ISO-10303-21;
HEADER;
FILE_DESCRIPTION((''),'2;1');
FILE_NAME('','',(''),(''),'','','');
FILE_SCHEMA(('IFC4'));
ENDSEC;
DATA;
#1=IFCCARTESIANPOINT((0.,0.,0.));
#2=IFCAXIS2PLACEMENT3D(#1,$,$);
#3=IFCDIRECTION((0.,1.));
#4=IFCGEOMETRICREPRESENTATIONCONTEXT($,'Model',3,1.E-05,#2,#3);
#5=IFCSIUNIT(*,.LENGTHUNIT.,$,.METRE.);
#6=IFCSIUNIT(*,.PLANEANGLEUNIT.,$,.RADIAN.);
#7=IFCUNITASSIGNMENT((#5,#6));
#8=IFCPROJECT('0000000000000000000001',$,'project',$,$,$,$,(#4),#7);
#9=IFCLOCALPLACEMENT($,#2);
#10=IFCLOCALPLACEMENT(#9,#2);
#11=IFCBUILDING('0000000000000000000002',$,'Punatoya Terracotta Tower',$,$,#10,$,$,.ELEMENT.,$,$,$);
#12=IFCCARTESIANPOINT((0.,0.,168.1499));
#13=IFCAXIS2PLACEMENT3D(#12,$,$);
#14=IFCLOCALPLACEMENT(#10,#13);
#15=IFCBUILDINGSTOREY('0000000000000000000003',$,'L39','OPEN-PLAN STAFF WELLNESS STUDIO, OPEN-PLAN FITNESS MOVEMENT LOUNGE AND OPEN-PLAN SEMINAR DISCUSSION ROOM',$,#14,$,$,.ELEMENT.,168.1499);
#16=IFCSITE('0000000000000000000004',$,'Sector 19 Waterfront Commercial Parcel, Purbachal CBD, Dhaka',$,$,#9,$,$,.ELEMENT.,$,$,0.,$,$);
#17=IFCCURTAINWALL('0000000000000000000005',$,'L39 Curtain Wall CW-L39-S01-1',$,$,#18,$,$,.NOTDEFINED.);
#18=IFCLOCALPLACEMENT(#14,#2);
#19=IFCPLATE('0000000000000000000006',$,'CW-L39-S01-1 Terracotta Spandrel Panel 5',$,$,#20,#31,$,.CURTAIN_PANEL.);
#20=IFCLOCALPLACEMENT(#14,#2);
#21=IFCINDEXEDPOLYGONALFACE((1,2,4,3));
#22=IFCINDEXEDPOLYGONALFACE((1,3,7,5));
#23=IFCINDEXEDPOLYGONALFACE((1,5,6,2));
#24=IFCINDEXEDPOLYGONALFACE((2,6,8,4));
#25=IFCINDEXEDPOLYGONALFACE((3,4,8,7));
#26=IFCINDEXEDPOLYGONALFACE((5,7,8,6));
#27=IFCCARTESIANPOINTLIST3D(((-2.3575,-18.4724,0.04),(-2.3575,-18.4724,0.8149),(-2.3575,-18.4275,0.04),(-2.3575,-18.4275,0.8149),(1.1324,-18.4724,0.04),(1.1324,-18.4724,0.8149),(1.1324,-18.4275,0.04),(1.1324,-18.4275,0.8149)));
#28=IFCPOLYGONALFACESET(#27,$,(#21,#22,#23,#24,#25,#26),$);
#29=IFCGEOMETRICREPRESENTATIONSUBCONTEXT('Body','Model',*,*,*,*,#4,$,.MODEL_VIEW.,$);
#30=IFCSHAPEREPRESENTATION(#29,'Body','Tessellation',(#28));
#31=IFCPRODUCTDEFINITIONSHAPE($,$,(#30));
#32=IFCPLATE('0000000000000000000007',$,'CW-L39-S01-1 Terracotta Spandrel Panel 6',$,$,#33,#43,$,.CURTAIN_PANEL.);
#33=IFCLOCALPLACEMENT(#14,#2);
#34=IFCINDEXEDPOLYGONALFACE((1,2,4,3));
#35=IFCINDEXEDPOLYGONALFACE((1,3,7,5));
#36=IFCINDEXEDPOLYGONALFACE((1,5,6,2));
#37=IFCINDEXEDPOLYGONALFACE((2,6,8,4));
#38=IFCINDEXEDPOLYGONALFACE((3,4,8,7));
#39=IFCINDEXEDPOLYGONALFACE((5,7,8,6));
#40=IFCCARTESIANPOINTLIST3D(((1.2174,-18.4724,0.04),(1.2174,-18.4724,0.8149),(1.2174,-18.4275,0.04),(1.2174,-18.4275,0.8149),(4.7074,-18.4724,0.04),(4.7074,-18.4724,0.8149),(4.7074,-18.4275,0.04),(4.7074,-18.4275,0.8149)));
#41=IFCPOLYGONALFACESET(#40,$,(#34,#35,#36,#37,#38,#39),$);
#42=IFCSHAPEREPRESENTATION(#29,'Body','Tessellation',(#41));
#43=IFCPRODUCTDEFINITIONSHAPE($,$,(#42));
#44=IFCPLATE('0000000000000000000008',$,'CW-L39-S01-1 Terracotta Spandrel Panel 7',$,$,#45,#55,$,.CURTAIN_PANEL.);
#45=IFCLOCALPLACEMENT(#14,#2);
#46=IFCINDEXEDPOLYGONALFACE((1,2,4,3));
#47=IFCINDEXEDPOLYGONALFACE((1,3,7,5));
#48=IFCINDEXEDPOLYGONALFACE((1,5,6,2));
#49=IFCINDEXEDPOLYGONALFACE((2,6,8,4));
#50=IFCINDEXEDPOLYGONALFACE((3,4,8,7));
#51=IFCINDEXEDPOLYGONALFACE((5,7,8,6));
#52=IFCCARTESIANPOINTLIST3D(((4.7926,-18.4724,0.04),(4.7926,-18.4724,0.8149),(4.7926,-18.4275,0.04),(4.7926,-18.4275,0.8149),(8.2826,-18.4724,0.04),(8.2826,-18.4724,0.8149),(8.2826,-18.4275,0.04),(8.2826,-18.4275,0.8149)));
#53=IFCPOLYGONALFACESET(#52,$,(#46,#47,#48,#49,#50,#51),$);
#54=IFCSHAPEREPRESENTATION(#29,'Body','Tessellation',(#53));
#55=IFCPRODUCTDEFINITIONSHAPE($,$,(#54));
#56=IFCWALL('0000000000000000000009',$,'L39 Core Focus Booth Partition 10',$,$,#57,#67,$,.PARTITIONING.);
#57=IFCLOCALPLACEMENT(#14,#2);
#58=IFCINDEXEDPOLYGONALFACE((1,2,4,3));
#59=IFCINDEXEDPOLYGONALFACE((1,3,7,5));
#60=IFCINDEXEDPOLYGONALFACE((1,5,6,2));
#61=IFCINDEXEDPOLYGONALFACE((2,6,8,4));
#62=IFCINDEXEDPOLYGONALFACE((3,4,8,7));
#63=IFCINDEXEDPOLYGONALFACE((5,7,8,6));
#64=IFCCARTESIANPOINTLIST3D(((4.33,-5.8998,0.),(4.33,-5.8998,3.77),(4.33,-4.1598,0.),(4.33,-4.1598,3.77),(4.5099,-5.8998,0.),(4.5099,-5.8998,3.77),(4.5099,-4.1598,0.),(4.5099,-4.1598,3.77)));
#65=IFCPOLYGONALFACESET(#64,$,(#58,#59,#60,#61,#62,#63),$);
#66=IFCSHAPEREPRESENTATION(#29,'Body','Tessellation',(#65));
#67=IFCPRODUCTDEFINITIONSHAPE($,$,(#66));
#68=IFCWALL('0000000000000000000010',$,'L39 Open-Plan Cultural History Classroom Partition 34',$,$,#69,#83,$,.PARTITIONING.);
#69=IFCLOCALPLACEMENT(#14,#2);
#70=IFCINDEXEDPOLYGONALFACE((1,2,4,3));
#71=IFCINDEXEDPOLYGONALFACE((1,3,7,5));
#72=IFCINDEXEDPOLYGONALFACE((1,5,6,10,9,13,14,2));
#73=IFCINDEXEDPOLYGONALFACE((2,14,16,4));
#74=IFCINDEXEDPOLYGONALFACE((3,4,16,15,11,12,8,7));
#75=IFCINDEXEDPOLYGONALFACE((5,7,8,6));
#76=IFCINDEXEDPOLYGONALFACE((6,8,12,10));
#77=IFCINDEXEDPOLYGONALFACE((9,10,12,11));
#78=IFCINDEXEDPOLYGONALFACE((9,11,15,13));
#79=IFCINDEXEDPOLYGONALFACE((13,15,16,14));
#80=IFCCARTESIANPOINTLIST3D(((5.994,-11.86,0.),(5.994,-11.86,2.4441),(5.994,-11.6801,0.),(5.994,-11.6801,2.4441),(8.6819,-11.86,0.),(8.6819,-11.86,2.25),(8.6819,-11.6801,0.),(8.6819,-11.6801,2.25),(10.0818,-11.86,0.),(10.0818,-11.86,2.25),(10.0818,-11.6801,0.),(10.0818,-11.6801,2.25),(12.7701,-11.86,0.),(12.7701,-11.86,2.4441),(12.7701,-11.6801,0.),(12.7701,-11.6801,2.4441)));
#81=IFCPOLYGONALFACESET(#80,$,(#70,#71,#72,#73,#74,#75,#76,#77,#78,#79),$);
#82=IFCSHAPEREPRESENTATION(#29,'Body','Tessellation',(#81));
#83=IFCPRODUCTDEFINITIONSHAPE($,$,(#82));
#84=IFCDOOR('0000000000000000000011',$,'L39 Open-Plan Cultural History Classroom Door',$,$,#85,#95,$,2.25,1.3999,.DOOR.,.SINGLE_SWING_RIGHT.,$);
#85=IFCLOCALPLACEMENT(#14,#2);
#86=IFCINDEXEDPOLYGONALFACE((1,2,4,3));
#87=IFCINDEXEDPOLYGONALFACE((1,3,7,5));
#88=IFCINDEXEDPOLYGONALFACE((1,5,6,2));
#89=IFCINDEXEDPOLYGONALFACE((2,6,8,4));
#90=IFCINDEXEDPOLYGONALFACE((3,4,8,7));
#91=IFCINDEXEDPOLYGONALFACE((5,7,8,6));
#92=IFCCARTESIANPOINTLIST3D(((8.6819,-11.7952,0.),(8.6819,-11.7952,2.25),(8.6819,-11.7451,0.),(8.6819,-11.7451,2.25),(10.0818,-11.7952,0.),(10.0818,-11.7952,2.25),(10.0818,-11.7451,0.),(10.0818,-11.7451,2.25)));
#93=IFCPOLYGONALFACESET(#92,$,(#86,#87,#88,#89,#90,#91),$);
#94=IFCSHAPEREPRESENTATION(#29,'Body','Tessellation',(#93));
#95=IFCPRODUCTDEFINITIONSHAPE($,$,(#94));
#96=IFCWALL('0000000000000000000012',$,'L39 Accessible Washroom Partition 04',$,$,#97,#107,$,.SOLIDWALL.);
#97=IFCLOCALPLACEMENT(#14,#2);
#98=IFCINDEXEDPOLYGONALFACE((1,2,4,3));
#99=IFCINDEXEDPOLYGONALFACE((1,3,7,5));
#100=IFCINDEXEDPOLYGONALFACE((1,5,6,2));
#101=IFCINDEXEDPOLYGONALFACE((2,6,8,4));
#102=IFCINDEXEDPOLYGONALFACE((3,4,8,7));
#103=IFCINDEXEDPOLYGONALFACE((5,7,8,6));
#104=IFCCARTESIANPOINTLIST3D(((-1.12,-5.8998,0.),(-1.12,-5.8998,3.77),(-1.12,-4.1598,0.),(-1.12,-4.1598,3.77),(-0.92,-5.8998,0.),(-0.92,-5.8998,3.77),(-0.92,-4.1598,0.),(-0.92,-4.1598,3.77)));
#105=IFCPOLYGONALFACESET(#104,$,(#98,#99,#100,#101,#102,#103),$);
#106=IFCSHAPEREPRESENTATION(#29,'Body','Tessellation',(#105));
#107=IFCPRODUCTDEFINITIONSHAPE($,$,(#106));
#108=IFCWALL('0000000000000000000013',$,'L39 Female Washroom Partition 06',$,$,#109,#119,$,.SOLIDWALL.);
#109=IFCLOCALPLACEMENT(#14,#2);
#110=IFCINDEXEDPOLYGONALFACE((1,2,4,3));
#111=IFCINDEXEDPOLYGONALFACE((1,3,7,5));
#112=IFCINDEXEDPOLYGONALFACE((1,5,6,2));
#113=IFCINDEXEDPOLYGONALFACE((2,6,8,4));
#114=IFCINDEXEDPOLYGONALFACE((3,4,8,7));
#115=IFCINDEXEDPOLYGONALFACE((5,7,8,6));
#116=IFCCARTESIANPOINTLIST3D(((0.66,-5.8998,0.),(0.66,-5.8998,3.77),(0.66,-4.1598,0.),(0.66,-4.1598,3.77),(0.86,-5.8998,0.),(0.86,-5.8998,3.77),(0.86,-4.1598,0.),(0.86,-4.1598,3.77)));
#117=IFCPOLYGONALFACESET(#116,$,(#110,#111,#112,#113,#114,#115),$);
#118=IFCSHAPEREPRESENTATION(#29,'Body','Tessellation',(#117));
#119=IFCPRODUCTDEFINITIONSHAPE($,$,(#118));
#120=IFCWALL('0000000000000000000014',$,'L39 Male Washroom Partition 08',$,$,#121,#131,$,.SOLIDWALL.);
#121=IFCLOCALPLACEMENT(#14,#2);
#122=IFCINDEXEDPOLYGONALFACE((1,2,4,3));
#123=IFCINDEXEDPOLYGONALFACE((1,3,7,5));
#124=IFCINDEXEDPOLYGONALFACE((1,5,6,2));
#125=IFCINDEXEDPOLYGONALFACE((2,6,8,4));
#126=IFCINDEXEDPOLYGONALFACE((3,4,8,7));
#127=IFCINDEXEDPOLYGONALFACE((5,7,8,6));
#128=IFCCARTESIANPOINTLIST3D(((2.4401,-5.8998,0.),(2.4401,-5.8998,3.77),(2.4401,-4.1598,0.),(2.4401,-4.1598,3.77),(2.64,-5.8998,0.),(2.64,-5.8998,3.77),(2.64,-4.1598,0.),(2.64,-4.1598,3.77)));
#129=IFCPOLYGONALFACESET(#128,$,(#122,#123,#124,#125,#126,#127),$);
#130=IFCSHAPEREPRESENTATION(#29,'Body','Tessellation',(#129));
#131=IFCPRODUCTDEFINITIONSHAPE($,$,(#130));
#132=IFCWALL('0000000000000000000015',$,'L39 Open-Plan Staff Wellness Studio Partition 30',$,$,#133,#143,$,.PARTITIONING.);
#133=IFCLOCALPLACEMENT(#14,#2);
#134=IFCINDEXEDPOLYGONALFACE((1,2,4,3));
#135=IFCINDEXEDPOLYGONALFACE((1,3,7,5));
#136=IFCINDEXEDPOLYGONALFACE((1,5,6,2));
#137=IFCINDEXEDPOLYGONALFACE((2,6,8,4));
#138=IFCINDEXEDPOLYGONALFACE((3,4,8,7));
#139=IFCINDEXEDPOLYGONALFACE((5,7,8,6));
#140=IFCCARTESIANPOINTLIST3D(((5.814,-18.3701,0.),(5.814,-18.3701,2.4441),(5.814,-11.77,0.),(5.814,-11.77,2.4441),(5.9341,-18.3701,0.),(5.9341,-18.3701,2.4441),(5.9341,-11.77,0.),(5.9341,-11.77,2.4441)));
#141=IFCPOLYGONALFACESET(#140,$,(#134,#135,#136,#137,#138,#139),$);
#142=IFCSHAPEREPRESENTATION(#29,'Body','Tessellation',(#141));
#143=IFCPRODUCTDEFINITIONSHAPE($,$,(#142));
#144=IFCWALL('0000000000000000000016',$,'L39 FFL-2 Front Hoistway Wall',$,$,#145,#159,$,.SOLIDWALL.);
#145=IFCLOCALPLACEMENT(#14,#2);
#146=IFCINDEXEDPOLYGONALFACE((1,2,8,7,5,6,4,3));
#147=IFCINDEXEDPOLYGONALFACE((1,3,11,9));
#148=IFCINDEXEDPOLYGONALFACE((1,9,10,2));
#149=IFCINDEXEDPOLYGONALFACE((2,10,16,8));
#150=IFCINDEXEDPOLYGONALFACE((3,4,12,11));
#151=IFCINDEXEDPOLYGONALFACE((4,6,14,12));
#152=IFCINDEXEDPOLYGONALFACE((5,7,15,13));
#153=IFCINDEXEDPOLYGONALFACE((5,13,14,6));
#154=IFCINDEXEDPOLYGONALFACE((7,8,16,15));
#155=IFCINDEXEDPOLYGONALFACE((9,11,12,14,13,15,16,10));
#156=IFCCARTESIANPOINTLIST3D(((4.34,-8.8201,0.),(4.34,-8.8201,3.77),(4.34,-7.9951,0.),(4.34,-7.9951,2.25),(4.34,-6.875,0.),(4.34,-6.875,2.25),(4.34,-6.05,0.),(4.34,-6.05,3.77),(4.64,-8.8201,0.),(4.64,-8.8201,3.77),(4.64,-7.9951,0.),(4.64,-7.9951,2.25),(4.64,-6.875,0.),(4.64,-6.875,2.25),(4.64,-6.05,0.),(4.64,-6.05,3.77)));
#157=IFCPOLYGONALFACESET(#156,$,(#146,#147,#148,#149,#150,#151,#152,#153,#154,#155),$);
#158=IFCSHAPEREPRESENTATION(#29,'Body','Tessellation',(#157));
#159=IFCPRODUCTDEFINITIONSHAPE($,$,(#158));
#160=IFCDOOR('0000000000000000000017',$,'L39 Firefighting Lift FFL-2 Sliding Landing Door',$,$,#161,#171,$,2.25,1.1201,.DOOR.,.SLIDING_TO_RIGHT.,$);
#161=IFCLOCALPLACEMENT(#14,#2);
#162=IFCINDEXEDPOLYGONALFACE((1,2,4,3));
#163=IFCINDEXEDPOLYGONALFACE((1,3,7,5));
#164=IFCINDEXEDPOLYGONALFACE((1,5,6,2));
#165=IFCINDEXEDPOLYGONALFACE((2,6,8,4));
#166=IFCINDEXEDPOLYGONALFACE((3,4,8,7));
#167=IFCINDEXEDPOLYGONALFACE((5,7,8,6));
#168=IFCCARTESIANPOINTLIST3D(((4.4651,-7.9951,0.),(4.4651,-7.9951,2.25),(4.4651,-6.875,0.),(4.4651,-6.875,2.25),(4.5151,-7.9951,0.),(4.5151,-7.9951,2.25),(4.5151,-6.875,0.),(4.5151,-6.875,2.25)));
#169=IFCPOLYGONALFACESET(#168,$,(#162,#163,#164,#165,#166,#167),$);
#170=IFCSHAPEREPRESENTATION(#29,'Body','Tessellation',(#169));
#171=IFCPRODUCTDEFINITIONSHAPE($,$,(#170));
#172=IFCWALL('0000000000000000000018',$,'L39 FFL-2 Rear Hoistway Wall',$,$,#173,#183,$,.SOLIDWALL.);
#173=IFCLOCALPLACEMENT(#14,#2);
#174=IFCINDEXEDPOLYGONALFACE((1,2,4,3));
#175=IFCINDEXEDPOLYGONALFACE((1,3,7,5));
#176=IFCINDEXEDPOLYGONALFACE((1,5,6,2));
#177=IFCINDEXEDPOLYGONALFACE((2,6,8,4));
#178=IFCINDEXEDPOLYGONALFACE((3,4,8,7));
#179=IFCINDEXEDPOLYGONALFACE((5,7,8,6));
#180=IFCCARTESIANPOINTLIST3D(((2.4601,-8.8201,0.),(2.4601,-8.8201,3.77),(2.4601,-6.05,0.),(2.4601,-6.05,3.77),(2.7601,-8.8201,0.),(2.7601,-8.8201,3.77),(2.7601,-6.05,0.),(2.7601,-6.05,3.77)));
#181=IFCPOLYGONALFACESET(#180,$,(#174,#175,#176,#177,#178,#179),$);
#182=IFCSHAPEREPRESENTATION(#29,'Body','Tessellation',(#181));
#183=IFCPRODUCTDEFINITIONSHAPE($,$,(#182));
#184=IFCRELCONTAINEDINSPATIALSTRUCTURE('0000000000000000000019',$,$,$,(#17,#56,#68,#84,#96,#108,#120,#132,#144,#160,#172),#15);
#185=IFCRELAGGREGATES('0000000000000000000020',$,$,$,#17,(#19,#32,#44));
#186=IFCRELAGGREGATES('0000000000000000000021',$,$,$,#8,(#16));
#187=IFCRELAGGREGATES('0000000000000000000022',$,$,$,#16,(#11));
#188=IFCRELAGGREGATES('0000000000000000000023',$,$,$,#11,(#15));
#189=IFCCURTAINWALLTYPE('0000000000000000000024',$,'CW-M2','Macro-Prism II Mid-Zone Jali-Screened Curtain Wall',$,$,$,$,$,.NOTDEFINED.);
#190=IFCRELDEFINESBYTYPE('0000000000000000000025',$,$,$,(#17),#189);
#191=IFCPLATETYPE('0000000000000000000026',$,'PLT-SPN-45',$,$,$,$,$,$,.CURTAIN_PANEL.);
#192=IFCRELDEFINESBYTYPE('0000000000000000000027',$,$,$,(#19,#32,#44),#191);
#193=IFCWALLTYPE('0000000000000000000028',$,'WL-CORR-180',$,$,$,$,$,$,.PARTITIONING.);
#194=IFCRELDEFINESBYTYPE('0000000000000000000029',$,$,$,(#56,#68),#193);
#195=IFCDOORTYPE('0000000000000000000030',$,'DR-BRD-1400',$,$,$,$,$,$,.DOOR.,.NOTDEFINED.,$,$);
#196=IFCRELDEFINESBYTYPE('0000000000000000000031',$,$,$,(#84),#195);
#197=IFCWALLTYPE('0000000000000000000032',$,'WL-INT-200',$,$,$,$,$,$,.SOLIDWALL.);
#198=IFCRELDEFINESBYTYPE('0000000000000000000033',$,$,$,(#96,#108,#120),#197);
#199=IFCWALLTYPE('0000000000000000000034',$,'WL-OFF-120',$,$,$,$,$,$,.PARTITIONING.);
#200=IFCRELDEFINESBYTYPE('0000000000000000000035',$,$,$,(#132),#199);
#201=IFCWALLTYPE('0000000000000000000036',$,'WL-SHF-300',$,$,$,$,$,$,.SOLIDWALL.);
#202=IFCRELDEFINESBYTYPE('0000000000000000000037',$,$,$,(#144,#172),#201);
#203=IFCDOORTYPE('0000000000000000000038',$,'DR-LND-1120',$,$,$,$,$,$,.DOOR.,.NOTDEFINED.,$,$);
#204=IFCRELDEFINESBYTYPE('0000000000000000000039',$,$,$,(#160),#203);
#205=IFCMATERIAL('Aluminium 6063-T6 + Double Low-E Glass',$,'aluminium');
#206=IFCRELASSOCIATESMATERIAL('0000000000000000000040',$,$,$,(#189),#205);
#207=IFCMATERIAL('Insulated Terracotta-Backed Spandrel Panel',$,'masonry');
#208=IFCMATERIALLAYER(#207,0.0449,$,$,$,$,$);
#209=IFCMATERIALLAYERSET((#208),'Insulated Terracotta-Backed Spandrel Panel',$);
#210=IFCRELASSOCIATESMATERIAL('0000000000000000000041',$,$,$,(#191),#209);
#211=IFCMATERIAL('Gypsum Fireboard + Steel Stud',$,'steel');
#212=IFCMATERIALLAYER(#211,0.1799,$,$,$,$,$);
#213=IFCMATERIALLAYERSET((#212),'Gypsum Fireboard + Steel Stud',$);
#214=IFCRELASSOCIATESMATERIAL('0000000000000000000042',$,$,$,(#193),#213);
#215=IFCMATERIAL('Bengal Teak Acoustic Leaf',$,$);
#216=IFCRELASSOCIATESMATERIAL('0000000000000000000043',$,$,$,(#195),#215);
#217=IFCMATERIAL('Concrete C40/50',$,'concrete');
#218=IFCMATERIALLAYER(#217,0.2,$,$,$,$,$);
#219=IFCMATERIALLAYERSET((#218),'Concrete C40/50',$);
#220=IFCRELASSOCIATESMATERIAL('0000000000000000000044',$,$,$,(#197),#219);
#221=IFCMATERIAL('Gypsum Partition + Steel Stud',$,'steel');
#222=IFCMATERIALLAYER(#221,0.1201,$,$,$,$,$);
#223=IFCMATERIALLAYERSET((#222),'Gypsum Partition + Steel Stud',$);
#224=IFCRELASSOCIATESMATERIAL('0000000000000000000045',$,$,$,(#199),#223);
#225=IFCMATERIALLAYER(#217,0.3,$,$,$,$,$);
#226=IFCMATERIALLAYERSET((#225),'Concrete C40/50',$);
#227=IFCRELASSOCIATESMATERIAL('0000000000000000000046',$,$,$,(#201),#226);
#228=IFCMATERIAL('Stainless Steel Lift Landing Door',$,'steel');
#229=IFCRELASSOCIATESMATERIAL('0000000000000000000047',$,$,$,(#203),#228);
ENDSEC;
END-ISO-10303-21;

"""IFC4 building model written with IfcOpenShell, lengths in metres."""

from ifc_helpers import new_model, si_unit, direction, frame, frame_2d, origin, origin_2d, place, context, subcontext, project, spatial, rectangle, extrude, material, layer, layer_set, type_object, element, fill, aggregate, save


model = new_model("IFC4")

# Units and contexts
model_context = context("Model", 3, precision=1e-05, world=origin(), true_north=direction((0.0, 1.0)))
body_context = subcontext(model_context, "Body", "Model", "MODEL_VIEW")
ifc_project = project(units=[si_unit("LENGTHUNIT", "METRE"), si_unit("PLANEANGLEUNIT", "RADIAN")], contexts=[model_context])

# Site, building, storey
site_placement = place(None, origin())
site = spatial("IfcSite", under=ifc_project, at=site_placement, Name="Sector 19 Waterfront Commercial Parcel, Purbachal CBD, Dhaka", CompositionType="ELEMENT", RefElevation=0.0)
building_placement = place(site_placement, origin())
building = spatial("IfcBuilding", under=site, at=building_placement, Name="Punatoya Terracotta Tower", CompositionType="ELEMENT")
storey_placement = place(building_placement, frame((0.0, 0.0, 168.1499)))
storey = spatial("IfcBuildingStorey", under=building, at=storey_placement, Name="L39", Description="OPEN-PLAN STAFF WELLNESS STUDIO, OPEN-PLAN FITNESS MOVEMENT LOUNGE AND OPEN-PLAN SEMINAR DISCUSSION ROOM", CompositionType="ELEMENT", Elevation=168.1499)

# Curtain wall, plates
ifc_material_1 = material(Name="Aluminium 6063-T6 + Double Low-E Glass", Category="aluminium")
curtain_wall_type = type_object("IfcCurtainWallType", Name="CW-M2", Description="Macro-Prism II Mid-Zone Jali-Screened Curtain Wall", PredefinedType="NOTDEFINED", material=ifc_material_1)
curtain_wall_placement = place(storey_placement, origin())
curtain_wall = element("IfcCurtainWall", 1, at=curtain_wall_placement, inside=storey, type_object=curtain_wall_type, Name="L39 Curtain Wall CW-L39-S01-1", PredefinedType="NOTDEFINED")
ifc_material_2 = material(Name="Insulated Terracotta-Backed Spandrel Panel", Category="masonry")
ifc_layer_1 = layer(ifc_material_2, 0.0449)
ifc_layer_set_1 = layer_set([ifc_layer_1], Name="Insulated Terracotta-Backed Spandrel Panel")
plate_type_1 = type_object("IfcPlateType", Name="PLT-SPN-45", PredefinedType="CURTAIN_PANEL", material=ifc_layer_set_1)
plate_1_placement = place(storey_placement, frame((-0.6125, -18.45, 0.04), z_axis=(0.0, 0.0, 1.0), x_axis=(1.0, 0.0, 0.0)))
plate_1 = element("IfcPlate", 2, at=plate_1_placement, type_object=plate_type_1, Name="CW-L39-S01-1 Terracotta Spandrel Panel 5", PredefinedType="CURTAIN_PANEL", context=body_context, shape_type="SweptSolid", body=[
    extrude(rectangle(XDim=3.49, YDim=0.0449, at=origin_2d()), origin(), (0.0, 0.0, 1.0), 0.7749),
])
plate_2_placement = place(storey_placement, frame((2.9624, -18.45, 0.04), z_axis=(0.0, 0.0, 1.0), x_axis=(1.0, 0.0, 0.0)))
plate_2 = element("IfcPlate", 3, at=plate_2_placement, type_object=plate_type_1, Name="CW-L39-S01-1 Terracotta Spandrel Panel 6", PredefinedType="CURTAIN_PANEL", context=body_context, shape_type="SweptSolid", body=[
    extrude(rectangle(XDim=3.49, YDim=0.0449, at=origin_2d()), origin(), (0.0, 0.0, 1.0), 0.7749),
])
plate_3_placement = place(storey_placement, frame((6.5376, -18.45, 0.04), z_axis=(0.0, 0.0, 1.0), x_axis=(1.0, 0.0, 0.0)))
plate_3 = element("IfcPlate", 4, at=plate_3_placement, type_object=plate_type_1, Name="CW-L39-S01-1 Terracotta Spandrel Panel 7", PredefinedType="CURTAIN_PANEL", context=body_context, shape_type="SweptSolid", body=[
    extrude(rectangle(XDim=3.49, YDim=0.0449, at=origin_2d()), origin(), (0.0, 0.0, 1.0), 0.7749),
])
aggregate(curtain_wall, [plate_1, plate_2, plate_3])

# Wall
ifc_material_3 = material(Name="Gypsum Fireboard + Steel Stud", Category="steel")
ifc_layer_2 = layer(ifc_material_3, 0.1799)
ifc_layer_set_2 = layer_set([ifc_layer_2], Name="Gypsum Fireboard + Steel Stud")
wall_type_1 = type_object("IfcWallType", Name="WL-CORR-180", PredefinedType="PARTITIONING", material=ifc_layer_set_2)
wall_1_placement = place(storey_placement, frame((4.4199, -5.8999, 0.0), z_axis=(0.0, 0.0, 1.0), x_axis=(0.0, 1.0, 0.0)))
element("IfcWall", 5, at=wall_1_placement, inside=storey, type_object=wall_type_1, Name="L39 Core Focus Booth Partition 10", PredefinedType="PARTITIONING", context=body_context, shape_type="SweptSolid", body=[
    extrude(rectangle(XDim=1.74, YDim=0.1799, at=frame_2d((0.8701, 0.0))), origin(), (0.0, 0.0, 1.0), 3.77),
])

# Wall, opening, door
wall_2_placement = place(storey_placement, frame((5.9939, -11.77, 0.0), z_axis=(0.0, 0.0, 1.0), x_axis=(1.0, 0.0, 0.0)))
wall_2 = element("IfcWall", 6, at=wall_2_placement, inside=storey, type_object=wall_type_1, Name="L39 Open-Plan Cultural History Classroom Partition 34", PredefinedType="PARTITIONING", context=body_context, shape_type="SweptSolid", body=[
    extrude(rectangle(XDim=6.7761, YDim=0.1799, at=frame_2d((3.3882, 0.0))), origin(), (0.0, 0.0, 1.0), 2.4441),
])
opening_1_placement = place(wall_2_placement, frame((2.688, 0.0, 0.0)))
opening_1 = element("IfcOpeningElement", 7, at=opening_1_placement, cuts=wall_2, PredefinedType="OPENING", context=body_context, shape_type="SweptSolid", body=[
    extrude(rectangle(XDim=1.3999, YDim=2.25, at=frame_2d((0.7, 1.125))), frame((0.0, 0.0999, 0.0), z_axis=(0.0, -1.0, 0.0), x_axis=(1.0, 0.0, 0.0)), (0.0, 0.0, 1.0), 0.2),
])
ifc_material_4 = material(Name="Bengal Teak Acoustic Leaf")
door_type_1 = type_object("IfcDoorType", Name="DR-BRD-1400", OperationType="NOTDEFINED", PredefinedType="DOOR", material=ifc_material_4)
door_1_placement = place(opening_1_placement, origin())
door_1 = element("IfcDoor", 8, at=door_1_placement, inside=storey, type_object=door_type_1, Name="L39 Open-Plan Cultural History Classroom Door", OperationType="SINGLE_SWING_RIGHT", OverallHeight=2.25, OverallWidth=1.3999, PredefinedType="DOOR", context=body_context, shape_type="SweptSolid", body=[
    extrude(rectangle(XDim=1.3999, YDim=2.25, at=frame_2d((0.7, 1.125))), frame((0.0, 0.0249, 0.0), z_axis=(0.0, -1.0, 0.0), x_axis=(1.0, 0.0, 0.0)), (0.0, 0.0, 1.0), 0.05),
])
fill(opening_1, door_1)

# Walls
ifc_material_5 = material(Name="Concrete C40/50", Category="concrete")
ifc_layer_3 = layer(ifc_material_5, 0.2)
ifc_layer_set_3 = layer_set([ifc_layer_3], Name="Concrete C40/50")
wall_type_2 = type_object("IfcWallType", Name="WL-INT-200", PredefinedType="SOLIDWALL", material=ifc_layer_set_3)
for number, where, z_axis, x_axis, name in (
    (9, (-1.02, -5.8999, 0.0), (0.0, 0.0, 1.0), (0.0, 1.0, 0.0), "L39 Accessible Washroom Partition 04"),
    (10, (0.76, -5.8999, 0.0), (0.0, 0.0, 1.0), (0.0, 1.0, 0.0), "L39 Female Washroom Partition 06"),
    (11, (2.54, -5.8999, 0.0), (0.0, 0.0, 1.0), (0.0, 1.0, 0.0), "L39 Male Washroom Partition 08"),
):
    element("IfcWall", number, at=place(storey_placement, frame(where, z_axis=z_axis, x_axis=x_axis)), inside=storey, type_object=wall_type_2, Name=name, PredefinedType="SOLIDWALL", context=body_context, shape_type="SweptSolid", body=[
        extrude(rectangle(XDim=1.74, YDim=0.2, at=frame_2d((0.8701, 0.0))), origin(), (0.0, 0.0, 1.0), 3.77),
    ])
ifc_material_6 = material(Name="Gypsum Partition + Steel Stud", Category="steel")
ifc_layer_4 = layer(ifc_material_6, 0.1201)
ifc_layer_set_4 = layer_set([ifc_layer_4], Name="Gypsum Partition + Steel Stud")
wall_type_3 = type_object("IfcWallType", Name="WL-OFF-120", PredefinedType="PARTITIONING", material=ifc_layer_set_4)
wall_3_placement = place(storey_placement, frame((5.874, -11.77, 0.0), z_axis=(0.0, 0.0, 1.0), x_axis=(0.0, -1.0, 0.0)))
element("IfcWall", 12, at=wall_3_placement, inside=storey, type_object=wall_type_3, Name="L39 Open-Plan Staff Wellness Studio Partition 30", PredefinedType="PARTITIONING", context=body_context, shape_type="SweptSolid", body=[
    extrude(rectangle(XDim=6.6001, YDim=0.1201, at=frame_2d((3.3, 0.0))), origin(), (0.0, 0.0, 1.0), 2.4441),
])

# Wall, opening, door
ifc_layer_5 = layer(ifc_material_5, 0.3)
ifc_layer_set_5 = layer_set([ifc_layer_5], Name="Concrete C40/50")
wall_type_4 = type_object("IfcWallType", Name="WL-SHF-300", PredefinedType="SOLIDWALL", material=ifc_layer_set_5)
wall_4_placement = place(storey_placement, frame((4.49, -8.8201, 0.0), z_axis=(0.0, 0.0, 1.0), x_axis=(0.0, 1.0, 0.0)))
wall_4 = element("IfcWall", 13, at=wall_4_placement, inside=storey, type_object=wall_type_4, Name="L39 FFL-2 Front Hoistway Wall", PredefinedType="SOLIDWALL", context=body_context, shape_type="SweptSolid", body=[
    extrude(rectangle(XDim=2.77, YDim=0.3, at=frame_2d((1.385, 0.0))), origin(), (0.0, 0.0, 1.0), 3.77),
])
opening_2_placement = place(wall_4_placement, frame((0.825, 0.0, 0.0)))
opening_2 = element("IfcOpeningElement", 14, at=opening_2_placement, cuts=wall_4, PredefinedType="OPENING", context=body_context, shape_type="SweptSolid", body=[
    extrude(rectangle(XDim=1.1201, YDim=2.25, at=frame_2d((0.5601, 1.125))), frame((0.0, 0.1599, 0.0), z_axis=(0.0, -1.0, 0.0), x_axis=(1.0, 0.0, 0.0)), (0.0, 0.0, 1.0), 0.3201),
])
ifc_material_7 = material(Name="Stainless Steel Lift Landing Door", Category="steel")
door_type_2 = type_object("IfcDoorType", Name="DR-LND-1120", OperationType="NOTDEFINED", PredefinedType="DOOR", material=ifc_material_7)
door_2_placement = place(opening_2_placement, origin())
door_2 = element("IfcDoor", 15, at=door_2_placement, inside=storey, type_object=door_type_2, Name="L39 Firefighting Lift FFL-2 Sliding Landing Door", OperationType="SLIDING_TO_RIGHT", OverallHeight=2.25, OverallWidth=1.1201, PredefinedType="DOOR", context=body_context, shape_type="SweptSolid", body=[
    extrude(rectangle(XDim=1.1201, YDim=2.25, at=frame_2d((0.5601, 1.125))), frame((0.0, 0.0249, 0.0), z_axis=(0.0, -1.0, 0.0), x_axis=(1.0, 0.0, 0.0)), (0.0, 0.0, 1.0), 0.05),
])
fill(opening_2, door_2)

# Wall
wall_5_placement = place(storey_placement, frame((2.6101, -8.8201, 0.0), z_axis=(0.0, 0.0, 1.0), x_axis=(0.0, 1.0, 0.0)))
element("IfcWall", 16, at=wall_5_placement, inside=storey, type_object=wall_type_4, Name="L39 FFL-2 Rear Hoistway Wall", PredefinedType="SOLIDWALL", context=body_context, shape_type="SweptSolid", body=[
    extrude(rectangle(XDim=2.77, YDim=0.3, at=frame_2d((1.385, 0.0))), origin(), (0.0, 0.0, 1.0), 3.77),
])

save(model, "model.ifc")
